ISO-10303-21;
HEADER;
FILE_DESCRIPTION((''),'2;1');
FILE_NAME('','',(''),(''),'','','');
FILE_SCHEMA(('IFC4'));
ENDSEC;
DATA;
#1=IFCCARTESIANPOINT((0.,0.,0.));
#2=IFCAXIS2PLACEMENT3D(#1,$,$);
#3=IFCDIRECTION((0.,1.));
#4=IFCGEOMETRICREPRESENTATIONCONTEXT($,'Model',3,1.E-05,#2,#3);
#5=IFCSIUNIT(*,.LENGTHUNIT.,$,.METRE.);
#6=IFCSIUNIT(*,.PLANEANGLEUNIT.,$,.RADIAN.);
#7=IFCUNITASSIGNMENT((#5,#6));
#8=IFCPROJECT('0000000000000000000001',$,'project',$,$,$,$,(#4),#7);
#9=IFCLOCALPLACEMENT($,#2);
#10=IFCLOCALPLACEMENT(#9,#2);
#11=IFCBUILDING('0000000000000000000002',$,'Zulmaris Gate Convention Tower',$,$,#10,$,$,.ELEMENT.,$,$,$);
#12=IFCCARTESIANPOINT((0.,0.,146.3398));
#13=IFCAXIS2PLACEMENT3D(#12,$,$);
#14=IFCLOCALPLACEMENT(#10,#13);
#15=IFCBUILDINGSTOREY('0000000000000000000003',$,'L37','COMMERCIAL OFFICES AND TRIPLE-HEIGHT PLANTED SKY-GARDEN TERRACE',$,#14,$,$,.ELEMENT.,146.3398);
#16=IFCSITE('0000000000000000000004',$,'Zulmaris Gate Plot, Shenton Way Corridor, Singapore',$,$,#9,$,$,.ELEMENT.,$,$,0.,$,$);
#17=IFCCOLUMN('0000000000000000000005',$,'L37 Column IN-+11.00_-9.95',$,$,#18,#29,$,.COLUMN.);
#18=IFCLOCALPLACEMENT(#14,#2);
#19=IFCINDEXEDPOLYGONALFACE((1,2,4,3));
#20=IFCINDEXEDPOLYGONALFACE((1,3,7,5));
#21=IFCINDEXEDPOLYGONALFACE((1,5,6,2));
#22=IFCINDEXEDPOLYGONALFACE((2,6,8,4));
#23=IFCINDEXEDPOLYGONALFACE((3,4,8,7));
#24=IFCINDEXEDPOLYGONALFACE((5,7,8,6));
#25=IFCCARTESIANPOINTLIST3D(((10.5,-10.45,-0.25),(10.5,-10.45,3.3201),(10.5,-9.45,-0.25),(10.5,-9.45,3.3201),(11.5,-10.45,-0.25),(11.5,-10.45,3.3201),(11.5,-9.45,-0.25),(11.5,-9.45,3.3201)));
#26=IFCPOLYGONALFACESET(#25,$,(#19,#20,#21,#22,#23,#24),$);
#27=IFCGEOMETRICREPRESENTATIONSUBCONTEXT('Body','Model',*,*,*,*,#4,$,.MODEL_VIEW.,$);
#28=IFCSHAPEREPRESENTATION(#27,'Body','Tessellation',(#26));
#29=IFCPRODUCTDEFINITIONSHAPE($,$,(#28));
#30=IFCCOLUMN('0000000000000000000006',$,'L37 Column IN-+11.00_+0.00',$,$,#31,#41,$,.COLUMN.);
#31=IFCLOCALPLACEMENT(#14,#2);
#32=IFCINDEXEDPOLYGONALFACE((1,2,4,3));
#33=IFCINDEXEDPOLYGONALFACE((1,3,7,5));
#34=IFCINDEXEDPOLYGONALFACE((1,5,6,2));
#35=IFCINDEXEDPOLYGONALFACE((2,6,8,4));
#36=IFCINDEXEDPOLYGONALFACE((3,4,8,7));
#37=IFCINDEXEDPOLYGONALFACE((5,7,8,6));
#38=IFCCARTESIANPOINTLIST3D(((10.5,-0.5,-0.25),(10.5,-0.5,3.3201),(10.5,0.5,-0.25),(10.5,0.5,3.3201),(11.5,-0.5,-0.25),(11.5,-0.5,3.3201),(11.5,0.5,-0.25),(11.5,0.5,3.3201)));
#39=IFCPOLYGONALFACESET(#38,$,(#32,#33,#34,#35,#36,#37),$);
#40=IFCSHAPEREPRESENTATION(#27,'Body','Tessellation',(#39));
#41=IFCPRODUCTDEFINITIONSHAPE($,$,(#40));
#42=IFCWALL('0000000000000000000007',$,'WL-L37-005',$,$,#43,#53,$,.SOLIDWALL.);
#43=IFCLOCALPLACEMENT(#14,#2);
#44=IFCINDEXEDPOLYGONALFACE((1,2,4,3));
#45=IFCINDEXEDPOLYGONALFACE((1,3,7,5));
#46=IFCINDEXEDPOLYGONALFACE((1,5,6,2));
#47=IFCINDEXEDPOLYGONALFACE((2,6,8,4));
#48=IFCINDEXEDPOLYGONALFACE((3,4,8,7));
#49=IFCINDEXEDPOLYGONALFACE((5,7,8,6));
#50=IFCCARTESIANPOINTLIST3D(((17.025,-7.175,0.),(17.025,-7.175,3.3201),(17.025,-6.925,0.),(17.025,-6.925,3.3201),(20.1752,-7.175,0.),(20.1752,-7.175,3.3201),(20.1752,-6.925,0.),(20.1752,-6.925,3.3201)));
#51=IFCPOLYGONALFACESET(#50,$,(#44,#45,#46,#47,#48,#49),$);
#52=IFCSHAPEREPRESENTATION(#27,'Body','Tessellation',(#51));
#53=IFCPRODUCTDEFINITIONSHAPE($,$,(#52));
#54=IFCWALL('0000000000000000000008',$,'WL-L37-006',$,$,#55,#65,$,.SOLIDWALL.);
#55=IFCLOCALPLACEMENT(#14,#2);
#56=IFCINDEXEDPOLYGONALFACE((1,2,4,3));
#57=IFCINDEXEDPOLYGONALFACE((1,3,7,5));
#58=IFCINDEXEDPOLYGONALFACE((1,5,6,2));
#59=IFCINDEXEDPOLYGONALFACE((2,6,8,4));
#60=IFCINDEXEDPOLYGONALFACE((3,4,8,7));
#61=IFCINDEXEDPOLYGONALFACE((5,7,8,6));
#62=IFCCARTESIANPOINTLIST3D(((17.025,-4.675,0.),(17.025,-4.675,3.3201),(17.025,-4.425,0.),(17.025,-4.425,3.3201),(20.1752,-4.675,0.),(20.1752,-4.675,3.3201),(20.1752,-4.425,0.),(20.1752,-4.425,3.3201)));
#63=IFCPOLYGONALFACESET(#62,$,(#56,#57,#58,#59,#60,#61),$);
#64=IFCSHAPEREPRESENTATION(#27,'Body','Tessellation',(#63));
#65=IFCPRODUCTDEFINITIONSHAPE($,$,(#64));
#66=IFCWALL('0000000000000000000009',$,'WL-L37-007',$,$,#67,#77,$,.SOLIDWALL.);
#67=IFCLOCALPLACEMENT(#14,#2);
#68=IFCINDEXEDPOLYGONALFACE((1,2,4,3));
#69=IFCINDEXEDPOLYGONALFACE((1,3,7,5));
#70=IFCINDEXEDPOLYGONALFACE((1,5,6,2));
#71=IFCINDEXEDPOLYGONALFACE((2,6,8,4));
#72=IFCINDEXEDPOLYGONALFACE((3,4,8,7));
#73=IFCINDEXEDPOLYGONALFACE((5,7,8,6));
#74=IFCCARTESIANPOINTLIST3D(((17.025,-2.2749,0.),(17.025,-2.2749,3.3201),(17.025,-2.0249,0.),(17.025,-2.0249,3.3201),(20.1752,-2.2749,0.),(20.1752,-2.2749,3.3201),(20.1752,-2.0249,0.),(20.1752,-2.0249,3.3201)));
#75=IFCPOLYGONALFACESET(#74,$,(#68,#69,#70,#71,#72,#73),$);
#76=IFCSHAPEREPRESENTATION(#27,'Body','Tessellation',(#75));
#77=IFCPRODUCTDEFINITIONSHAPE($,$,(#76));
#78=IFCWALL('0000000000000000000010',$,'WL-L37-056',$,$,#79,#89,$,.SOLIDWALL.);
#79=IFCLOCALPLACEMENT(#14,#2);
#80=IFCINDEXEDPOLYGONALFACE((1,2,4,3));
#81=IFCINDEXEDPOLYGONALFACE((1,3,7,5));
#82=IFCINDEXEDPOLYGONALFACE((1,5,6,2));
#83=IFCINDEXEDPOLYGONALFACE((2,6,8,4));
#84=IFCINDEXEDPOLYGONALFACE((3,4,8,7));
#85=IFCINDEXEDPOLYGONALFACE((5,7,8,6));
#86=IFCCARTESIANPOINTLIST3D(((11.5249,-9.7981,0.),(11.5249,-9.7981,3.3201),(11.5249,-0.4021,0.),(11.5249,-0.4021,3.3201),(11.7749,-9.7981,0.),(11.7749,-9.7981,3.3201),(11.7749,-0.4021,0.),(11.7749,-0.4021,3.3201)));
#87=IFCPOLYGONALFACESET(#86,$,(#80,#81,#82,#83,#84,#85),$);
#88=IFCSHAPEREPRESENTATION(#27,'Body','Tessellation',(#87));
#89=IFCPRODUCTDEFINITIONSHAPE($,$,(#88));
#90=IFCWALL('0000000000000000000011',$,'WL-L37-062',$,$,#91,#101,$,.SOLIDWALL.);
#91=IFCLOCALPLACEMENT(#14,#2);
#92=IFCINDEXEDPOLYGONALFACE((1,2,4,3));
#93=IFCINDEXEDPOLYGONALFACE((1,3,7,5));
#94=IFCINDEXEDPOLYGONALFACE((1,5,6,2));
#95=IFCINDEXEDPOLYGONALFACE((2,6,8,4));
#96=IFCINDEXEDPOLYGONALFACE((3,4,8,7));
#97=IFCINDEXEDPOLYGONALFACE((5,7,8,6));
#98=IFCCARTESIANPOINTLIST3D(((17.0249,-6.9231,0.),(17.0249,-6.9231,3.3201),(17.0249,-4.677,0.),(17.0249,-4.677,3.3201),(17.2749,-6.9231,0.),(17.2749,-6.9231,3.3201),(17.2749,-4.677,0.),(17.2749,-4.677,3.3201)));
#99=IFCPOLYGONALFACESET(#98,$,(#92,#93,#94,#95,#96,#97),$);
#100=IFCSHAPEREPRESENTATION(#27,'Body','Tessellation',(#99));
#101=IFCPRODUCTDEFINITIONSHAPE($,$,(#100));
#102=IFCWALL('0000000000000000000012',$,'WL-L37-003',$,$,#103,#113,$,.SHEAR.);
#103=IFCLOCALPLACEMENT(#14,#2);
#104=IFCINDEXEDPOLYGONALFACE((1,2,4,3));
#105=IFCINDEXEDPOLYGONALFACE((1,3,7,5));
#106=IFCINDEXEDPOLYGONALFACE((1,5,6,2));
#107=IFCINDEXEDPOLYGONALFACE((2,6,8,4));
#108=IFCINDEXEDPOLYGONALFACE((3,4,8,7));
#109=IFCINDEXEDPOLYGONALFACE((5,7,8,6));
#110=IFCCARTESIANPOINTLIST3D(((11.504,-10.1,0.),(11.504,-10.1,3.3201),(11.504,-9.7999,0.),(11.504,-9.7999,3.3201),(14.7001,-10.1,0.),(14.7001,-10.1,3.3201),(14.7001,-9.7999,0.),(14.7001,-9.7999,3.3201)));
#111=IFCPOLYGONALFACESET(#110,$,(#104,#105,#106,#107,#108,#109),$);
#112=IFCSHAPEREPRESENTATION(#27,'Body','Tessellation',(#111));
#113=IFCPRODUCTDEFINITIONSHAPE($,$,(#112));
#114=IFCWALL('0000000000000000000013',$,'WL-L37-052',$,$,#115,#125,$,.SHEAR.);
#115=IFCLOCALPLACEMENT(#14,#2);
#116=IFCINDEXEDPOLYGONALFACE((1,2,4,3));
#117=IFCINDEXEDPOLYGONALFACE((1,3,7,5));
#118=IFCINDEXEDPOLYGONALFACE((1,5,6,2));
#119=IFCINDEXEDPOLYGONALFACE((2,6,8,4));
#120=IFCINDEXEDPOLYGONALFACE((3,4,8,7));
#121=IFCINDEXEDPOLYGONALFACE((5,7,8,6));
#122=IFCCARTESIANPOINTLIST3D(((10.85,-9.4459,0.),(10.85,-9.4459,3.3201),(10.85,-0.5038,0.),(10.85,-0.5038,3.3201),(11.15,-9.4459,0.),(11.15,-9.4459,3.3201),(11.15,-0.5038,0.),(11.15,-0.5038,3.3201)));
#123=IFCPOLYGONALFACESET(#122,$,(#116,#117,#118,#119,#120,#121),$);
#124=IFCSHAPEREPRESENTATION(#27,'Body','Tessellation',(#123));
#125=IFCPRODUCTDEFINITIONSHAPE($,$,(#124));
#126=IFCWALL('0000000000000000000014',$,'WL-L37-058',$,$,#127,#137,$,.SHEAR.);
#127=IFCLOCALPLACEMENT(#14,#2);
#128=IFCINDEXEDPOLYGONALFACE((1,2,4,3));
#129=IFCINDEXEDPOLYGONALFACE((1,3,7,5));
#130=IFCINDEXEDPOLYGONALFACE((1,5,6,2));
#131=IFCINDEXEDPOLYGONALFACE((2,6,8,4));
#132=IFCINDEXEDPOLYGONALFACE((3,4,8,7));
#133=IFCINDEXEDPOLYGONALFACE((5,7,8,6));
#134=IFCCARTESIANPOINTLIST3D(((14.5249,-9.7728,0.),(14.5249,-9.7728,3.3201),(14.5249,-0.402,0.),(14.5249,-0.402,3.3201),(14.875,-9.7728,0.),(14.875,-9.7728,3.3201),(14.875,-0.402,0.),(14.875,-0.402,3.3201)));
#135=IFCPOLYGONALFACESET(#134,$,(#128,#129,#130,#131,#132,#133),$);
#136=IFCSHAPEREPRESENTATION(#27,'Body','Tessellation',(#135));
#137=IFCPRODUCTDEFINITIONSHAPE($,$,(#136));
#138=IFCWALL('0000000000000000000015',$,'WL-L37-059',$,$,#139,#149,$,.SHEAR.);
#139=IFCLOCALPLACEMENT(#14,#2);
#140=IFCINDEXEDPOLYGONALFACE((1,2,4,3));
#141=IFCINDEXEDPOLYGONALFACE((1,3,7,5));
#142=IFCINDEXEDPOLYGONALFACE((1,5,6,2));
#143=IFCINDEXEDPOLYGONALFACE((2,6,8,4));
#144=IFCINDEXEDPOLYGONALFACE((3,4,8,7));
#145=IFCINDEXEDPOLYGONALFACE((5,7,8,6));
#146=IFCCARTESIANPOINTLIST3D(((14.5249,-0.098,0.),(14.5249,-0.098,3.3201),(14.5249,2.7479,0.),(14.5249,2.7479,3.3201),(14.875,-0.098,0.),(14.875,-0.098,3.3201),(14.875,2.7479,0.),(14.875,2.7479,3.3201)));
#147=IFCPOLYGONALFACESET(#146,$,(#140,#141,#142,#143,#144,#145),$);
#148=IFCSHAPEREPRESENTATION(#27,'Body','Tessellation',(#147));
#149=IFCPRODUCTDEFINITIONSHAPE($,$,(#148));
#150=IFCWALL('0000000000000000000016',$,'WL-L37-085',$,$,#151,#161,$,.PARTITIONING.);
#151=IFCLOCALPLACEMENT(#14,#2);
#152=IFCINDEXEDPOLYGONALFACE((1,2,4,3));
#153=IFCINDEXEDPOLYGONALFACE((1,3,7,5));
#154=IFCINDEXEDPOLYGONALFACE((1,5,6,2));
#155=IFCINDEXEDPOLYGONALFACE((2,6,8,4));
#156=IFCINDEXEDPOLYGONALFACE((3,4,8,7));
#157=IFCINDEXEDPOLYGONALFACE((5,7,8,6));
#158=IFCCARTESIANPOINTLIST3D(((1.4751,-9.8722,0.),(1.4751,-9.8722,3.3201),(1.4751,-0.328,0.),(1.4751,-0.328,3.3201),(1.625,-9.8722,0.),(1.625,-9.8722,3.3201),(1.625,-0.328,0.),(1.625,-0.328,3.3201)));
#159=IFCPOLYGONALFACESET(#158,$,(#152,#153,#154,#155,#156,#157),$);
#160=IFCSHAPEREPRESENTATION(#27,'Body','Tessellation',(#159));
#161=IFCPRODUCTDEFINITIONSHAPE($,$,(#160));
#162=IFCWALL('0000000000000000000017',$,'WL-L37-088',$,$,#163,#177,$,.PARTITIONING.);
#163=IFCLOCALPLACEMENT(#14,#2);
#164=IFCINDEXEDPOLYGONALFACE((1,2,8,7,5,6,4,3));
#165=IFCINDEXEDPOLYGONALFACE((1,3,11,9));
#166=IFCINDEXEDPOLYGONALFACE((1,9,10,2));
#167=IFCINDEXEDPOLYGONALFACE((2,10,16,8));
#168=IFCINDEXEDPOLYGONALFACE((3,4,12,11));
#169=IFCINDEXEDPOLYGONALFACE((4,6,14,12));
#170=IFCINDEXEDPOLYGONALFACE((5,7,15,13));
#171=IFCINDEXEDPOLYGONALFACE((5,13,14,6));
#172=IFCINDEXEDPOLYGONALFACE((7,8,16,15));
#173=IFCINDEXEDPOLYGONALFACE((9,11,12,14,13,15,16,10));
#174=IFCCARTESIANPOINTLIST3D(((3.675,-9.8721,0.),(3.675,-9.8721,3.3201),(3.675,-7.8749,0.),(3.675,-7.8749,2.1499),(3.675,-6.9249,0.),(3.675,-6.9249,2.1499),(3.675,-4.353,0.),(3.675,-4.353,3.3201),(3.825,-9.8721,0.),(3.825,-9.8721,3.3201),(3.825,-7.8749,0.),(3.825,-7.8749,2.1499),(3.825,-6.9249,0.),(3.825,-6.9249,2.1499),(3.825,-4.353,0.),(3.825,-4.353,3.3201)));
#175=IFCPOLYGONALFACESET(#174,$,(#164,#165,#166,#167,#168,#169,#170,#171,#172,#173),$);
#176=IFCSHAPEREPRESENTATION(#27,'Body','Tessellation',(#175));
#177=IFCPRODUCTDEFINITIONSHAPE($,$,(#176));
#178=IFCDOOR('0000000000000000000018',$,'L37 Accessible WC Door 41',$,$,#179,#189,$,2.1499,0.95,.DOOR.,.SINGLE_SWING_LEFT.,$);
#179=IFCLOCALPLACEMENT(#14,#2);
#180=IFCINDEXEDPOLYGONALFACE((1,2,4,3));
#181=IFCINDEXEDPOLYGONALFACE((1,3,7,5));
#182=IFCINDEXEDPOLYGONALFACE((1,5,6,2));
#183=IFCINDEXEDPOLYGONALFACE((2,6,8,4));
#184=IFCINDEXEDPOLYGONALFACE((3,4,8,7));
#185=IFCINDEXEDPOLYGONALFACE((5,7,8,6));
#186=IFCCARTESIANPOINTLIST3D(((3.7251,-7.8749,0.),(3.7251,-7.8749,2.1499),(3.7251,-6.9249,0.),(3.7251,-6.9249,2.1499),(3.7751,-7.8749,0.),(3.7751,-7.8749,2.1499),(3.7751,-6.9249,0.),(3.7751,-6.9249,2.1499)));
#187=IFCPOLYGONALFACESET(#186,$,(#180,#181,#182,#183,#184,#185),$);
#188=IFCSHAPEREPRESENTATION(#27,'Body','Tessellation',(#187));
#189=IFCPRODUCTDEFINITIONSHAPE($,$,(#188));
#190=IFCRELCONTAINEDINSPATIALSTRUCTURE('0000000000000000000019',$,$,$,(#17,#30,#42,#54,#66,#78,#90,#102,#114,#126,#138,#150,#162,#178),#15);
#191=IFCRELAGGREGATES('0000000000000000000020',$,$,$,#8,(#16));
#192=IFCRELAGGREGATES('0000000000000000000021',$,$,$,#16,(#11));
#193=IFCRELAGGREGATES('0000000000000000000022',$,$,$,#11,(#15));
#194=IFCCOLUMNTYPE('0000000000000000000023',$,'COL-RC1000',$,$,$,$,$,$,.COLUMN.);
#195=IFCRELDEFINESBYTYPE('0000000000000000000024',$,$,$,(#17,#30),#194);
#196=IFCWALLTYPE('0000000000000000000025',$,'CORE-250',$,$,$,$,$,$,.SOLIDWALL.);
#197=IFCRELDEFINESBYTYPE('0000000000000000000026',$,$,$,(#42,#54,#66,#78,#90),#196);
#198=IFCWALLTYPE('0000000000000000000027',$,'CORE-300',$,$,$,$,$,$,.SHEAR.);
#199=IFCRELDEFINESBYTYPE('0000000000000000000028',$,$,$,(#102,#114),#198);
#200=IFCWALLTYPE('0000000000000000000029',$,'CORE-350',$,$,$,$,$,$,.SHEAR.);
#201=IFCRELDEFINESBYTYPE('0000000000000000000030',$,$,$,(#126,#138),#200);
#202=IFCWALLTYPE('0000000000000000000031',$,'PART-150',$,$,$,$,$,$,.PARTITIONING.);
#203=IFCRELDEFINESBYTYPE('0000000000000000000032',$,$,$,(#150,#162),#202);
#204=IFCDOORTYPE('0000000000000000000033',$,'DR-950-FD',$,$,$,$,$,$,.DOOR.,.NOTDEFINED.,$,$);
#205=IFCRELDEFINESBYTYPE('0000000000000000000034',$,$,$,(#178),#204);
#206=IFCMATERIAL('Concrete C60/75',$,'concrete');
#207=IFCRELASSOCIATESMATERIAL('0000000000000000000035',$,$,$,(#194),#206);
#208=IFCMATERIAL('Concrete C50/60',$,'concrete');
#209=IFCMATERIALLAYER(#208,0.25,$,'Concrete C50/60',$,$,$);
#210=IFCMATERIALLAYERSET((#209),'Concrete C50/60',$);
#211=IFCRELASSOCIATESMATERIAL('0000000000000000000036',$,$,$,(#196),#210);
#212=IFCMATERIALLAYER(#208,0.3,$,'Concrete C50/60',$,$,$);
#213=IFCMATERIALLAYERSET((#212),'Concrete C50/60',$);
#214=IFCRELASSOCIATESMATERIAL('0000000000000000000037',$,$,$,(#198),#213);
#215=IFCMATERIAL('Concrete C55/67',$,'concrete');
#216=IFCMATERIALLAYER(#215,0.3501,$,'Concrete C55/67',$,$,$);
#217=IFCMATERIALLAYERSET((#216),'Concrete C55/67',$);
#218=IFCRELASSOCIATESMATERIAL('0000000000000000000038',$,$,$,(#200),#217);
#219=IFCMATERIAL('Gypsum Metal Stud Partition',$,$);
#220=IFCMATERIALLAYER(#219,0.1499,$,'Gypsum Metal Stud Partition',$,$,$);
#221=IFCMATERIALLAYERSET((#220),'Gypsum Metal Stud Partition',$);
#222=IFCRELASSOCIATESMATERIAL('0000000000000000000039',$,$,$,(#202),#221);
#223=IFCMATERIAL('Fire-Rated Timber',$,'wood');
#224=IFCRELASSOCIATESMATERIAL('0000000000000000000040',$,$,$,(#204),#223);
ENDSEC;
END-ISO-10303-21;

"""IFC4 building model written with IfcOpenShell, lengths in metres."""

from ifc_helpers import new_model, si_unit, direction, frame, frame_2d, origin, origin_2d, place, context, subcontext, project, spatial, rectangle, extrude, material, layer, layer_set, material_profile, profile_set, type_object, element, fill, save


model = new_model("IFC4")

# Units and contexts
model_context = context("Model", 3, precision=1e-05, world=origin(), true_north=direction((0.0, 1.0)))
body_context = subcontext(model_context, "Body", "Model", "MODEL_VIEW")
ifc_project = project(units=[si_unit("LENGTHUNIT", "METRE"), si_unit("PLANEANGLEUNIT", "RADIAN")], contexts=[model_context])

# Site, building, storey
site_placement = place(None, origin())
site = spatial("IfcSite", under=ifc_project, at=site_placement, Name="Zulmaris Gate Plot, Shenton Way Corridor, Singapore", CompositionType="ELEMENT", RefElevation=0.0)
building_placement = place(site_placement, origin())
building = spatial("IfcBuilding", under=site, at=building_placement, Name="Zulmaris Gate Convention Tower", CompositionType="ELEMENT")
storey_placement = place(building_placement, frame((0.0, 0.0, 146.3398)))
storey = spatial("IfcBuildingStorey", under=building, at=storey_placement, Name="L37", Description="COMMERCIAL OFFICES AND TRIPLE-HEIGHT PLANTED SKY-GARDEN TERRACE", CompositionType="ELEMENT", Elevation=146.3398)

# Columns
ifc_material_1 = material(Name="Concrete C60/75", Category="concrete")
ifc_material_profile = material_profile(ifc_material_1, rectangle(XDim=1.0, YDim=1.0, at=origin_2d()), Name="RC COL 1000x1000")
ifc_profile_set = profile_set([ifc_material_profile], Name="Concrete C60/75")
column_type = type_object("IfcColumnType", Name="COL-RC1000", PredefinedType="COLUMN", material=ifc_profile_set)
for number, where, z_axis, x_axis, name in (
    (1, (11.0, -9.95, -0.25), (0.0, 0.0, 1.0), (1.0, 0.0, 0.0), "L37 Column IN-+11.00_-9.95"),
    (2, (11.0, 0.0, -0.25), (0.0, 0.0, 1.0), (1.0, 0.0, 0.0), "L37 Column IN-+11.00_+0.00"),
):
    element("IfcColumn", number, at=place(storey_placement, frame(where, z_axis=z_axis, x_axis=x_axis)), inside=storey, type_object=column_type, Name=name, PredefinedType="COLUMN", context=body_context, shape_type="SweptSolid", body=[
        extrude(rectangle(XDim=1.0, YDim=1.0, at=origin_2d()), origin(), (0.0, 0.0, 1.0), 3.5701),
    ])

# Walls
ifc_material_2 = material(Name="Concrete C50/60", Category="concrete")
ifc_layer_1 = layer(ifc_material_2, 0.25, Name="Concrete C50/60")
ifc_layer_set_1 = layer_set([ifc_layer_1], Name="Concrete C50/60")
wall_type_1 = type_object("IfcWallType", Name="CORE-250", PredefinedType="SOLIDWALL", material=ifc_layer_set_1)
for number, where, z_axis, x_axis, name in (
    (3, (17.0249, -7.05, 0.0), (0.0, 0.0, 1.0), (1.0, 0.0, 0.0), "WL-L37-005"),
    (4, (17.0249, -4.55, 0.0), (0.0, 0.0, 1.0), (1.0, 0.0, 0.0), "WL-L37-006"),
    (5, (17.0249, -2.1499, 0.0), (0.0, 0.0, 1.0), (1.0, 0.0, 0.0), "WL-L37-007"),
):
    element("IfcWall", number, at=place(storey_placement, frame(where, z_axis=z_axis, x_axis=x_axis)), inside=storey, type_object=wall_type_1, Name=name, PredefinedType="SOLIDWALL", context=body_context, shape_type="SweptSolid", body=[
        extrude(rectangle(XDim=3.1501, YDim=0.25, at=frame_2d((1.5752, 0.0))), origin(), (0.0, 0.0, 1.0), 3.3201),
    ])
wall_1_placement = place(storey_placement, frame((11.6499, -9.7981, 0.0), z_axis=(0.0, 0.0, 1.0), x_axis=(0.0, 1.0, 0.0)))
element("IfcWall", 6, at=wall_1_placement, inside=storey, type_object=wall_type_1, Name="WL-L37-056", PredefinedType="SOLIDWALL", context=body_context, shape_type="SweptSolid", body=[
    extrude(rectangle(XDim=9.396, YDim=0.25, at=frame_2d((4.698, 0.0))), origin(), (0.0, 0.0, 1.0), 3.3201),
])
wall_2_placement = place(storey_placement, frame((17.1499, -6.9231, 0.0), z_axis=(0.0, 0.0, 1.0), x_axis=(0.0, 1.0, 0.0)))
element("IfcWall", 7, at=wall_2_placement, inside=storey, type_object=wall_type_1, Name="WL-L37-062", PredefinedType="SOLIDWALL", context=body_context, shape_type="SweptSolid", body=[
    extrude(rectangle(XDim=2.2461, YDim=0.25, at=frame_2d((1.123, 0.0))), origin(), (0.0, 0.0, 1.0), 3.3201),
])
ifc_layer_2 = layer(ifc_material_2, 0.3, Name="Concrete C50/60")
ifc_layer_set_2 = layer_set([ifc_layer_2], Name="Concrete C50/60")
wall_type_2 = type_object("IfcWallType", Name="CORE-300", PredefinedType="SHEAR", material=ifc_layer_set_2)
wall_3_placement = place(storey_placement, frame((11.5039, -9.95, 0.0), z_axis=(0.0, 0.0, 1.0), x_axis=(1.0, 0.0, 0.0)))
element("IfcWall", 8, at=wall_3_placement, inside=storey, type_object=wall_type_2, Name="WL-L37-003", PredefinedType="SHEAR", context=body_context, shape_type="SweptSolid", body=[
    extrude(rectangle(XDim=3.196, YDim=0.3, at=frame_2d((1.5981, 0.0))), origin(), (0.0, 0.0, 1.0), 3.3201),
])

# Wall
wall_4_placement = place(storey_placement, frame((11.0, -9.446, 0.0), z_axis=(0.0, 0.0, 1.0), x_axis=(0.0, 1.0, 0.0)))
element("IfcWall", 9, at=wall_4_placement, inside=storey, type_object=wall_type_2, Name="WL-L37-052", PredefinedType="SHEAR", context=body_context, shape_type="SweptSolid", body=[
    extrude(rectangle(XDim=8.9421, YDim=0.3, at=frame_2d((4.4712, 0.0))), origin(), (0.0, 0.0, 1.0), 3.3201),
])

# Shared definitions
ifc_material_3 = material(Name="Concrete C55/67", Category="concrete")
ifc_layer_3 = layer(ifc_material_3, 0.3501, Name="Concrete C55/67")
ifc_layer_set_3 = layer_set([ifc_layer_3], Name="Concrete C55/67")
wall_type_3 = type_object("IfcWallType", Name="CORE-350", PredefinedType="SHEAR", material=ifc_layer_set_3)

# Walls
wall_5_placement = place(storey_placement, frame((14.7, -9.7729, 0.0), z_axis=(0.0, 0.0, 1.0), x_axis=(0.0, 1.0, 0.0)))
element("IfcWall", 10, at=wall_5_placement, inside=storey, type_object=wall_type_3, Name="WL-L37-058", PredefinedType="SHEAR", context=body_context, shape_type="SweptSolid", body=[
    extrude(rectangle(XDim=9.3708, YDim=0.3501, at=frame_2d((4.6855, 0.0))), origin(), (0.0, 0.0, 1.0), 3.3201),
])
wall_6_placement = place(storey_placement, frame((14.7, -0.0979, 0.0), z_axis=(0.0, 0.0, 1.0), x_axis=(0.0, 1.0, 0.0)))
element("IfcWall", 11, at=wall_6_placement, inside=storey, type_object=wall_type_3, Name="WL-L37-059", PredefinedType="SHEAR", context=body_context, shape_type="SweptSolid", body=[
    extrude(rectangle(XDim=2.8459, YDim=0.3501, at=frame_2d((1.4229, 0.0))), origin(), (0.0, 0.0, 1.0), 3.3201),
])
ifc_material_4 = material(Name="Gypsum Metal Stud Partition")
ifc_layer_4 = layer(ifc_material_4, 0.1499, Name="Gypsum Metal Stud Partition")
ifc_layer_set_4 = layer_set([ifc_layer_4], Name="Gypsum Metal Stud Partition")
wall_type_4 = type_object("IfcWallType", Name="PART-150", PredefinedType="PARTITIONING", material=ifc_layer_set_4)
wall_7_placement = place(storey_placement, frame((1.55, -9.8721, 0.0), z_axis=(0.0, 0.0, 1.0), x_axis=(0.0, 1.0, 0.0)))
element("IfcWall", 12, at=wall_7_placement, inside=storey, type_object=wall_type_4, Name="WL-L37-085", PredefinedType="PARTITIONING", context=body_context, shape_type="SweptSolid", body=[
    extrude(rectangle(XDim=9.5442, YDim=0.1499, at=frame_2d((4.772, 0.0))), origin(), (0.0, 0.0, 1.0), 3.3201),
])

# Wall, opening, door
wall_8_placement = place(storey_placement, frame((3.75, -9.8721, 0.0), z_axis=(0.0, 0.0, 1.0), x_axis=(0.0, 1.0, 0.0)))
wall_8 = element("IfcWall", 13, at=wall_8_placement, inside=storey, type_object=wall_type_4, Name="WL-L37-088", PredefinedType="PARTITIONING", context=body_context, shape_type="SweptSolid", body=[
    extrude(rectangle(XDim=5.519, YDim=0.1499, at=frame_2d((2.7595, 0.0))), origin(), (0.0, 0.0, 1.0), 3.3201),
])
opening_1_placement = place(wall_8_placement, frame((1.9971, 0.0, 0.0)))
opening_1 = element("IfcOpeningElement", 14, at=opening_1_placement, cuts=wall_8, PredefinedType="OPENING", context=body_context, shape_type="SweptSolid", body=[
    extrude(rectangle(XDim=0.95, YDim=2.1499, at=frame_2d((0.4751, 1.075))), frame((0.0, 0.085, 0.0), z_axis=(0.0, -1.0, 0.0), x_axis=(1.0, 0.0, 0.0)), (0.0, 0.0, 1.0), 0.1699),
])
ifc_material_5 = material(Name="Fire-Rated Timber", Category="wood")
door_type_1 = type_object("IfcDoorType", Name="DR-950-FD", OperationType="NOTDEFINED", PredefinedType="DOOR", material=ifc_material_5)
door_1_placement = place(opening_1_placement, origin())
door_1 = element("IfcDoor", 15, at=door_1_placement, inside=storey, type_object=door_type_1, Name="L37 Accessible WC Door 41", OperationType="SINGLE_SWING_LEFT", OverallHeight=2.1499, OverallWidth=0.95, PredefinedType="DOOR", context=body_context, shape_type="SweptSolid", body=[
    extrude(rectangle(XDim=0.95, YDim=2.1499, at=frame_2d((0.4751, 1.075))), frame((0.0, 0.0249, 0.0), z_axis=(0.0, -1.0, 0.0), x_axis=(1.0, 0.0, 0.0)), (0.0, 0.0, 1.0), 0.05),
])
fill(opening_1, door_1)

save(model, "model.ifc")
